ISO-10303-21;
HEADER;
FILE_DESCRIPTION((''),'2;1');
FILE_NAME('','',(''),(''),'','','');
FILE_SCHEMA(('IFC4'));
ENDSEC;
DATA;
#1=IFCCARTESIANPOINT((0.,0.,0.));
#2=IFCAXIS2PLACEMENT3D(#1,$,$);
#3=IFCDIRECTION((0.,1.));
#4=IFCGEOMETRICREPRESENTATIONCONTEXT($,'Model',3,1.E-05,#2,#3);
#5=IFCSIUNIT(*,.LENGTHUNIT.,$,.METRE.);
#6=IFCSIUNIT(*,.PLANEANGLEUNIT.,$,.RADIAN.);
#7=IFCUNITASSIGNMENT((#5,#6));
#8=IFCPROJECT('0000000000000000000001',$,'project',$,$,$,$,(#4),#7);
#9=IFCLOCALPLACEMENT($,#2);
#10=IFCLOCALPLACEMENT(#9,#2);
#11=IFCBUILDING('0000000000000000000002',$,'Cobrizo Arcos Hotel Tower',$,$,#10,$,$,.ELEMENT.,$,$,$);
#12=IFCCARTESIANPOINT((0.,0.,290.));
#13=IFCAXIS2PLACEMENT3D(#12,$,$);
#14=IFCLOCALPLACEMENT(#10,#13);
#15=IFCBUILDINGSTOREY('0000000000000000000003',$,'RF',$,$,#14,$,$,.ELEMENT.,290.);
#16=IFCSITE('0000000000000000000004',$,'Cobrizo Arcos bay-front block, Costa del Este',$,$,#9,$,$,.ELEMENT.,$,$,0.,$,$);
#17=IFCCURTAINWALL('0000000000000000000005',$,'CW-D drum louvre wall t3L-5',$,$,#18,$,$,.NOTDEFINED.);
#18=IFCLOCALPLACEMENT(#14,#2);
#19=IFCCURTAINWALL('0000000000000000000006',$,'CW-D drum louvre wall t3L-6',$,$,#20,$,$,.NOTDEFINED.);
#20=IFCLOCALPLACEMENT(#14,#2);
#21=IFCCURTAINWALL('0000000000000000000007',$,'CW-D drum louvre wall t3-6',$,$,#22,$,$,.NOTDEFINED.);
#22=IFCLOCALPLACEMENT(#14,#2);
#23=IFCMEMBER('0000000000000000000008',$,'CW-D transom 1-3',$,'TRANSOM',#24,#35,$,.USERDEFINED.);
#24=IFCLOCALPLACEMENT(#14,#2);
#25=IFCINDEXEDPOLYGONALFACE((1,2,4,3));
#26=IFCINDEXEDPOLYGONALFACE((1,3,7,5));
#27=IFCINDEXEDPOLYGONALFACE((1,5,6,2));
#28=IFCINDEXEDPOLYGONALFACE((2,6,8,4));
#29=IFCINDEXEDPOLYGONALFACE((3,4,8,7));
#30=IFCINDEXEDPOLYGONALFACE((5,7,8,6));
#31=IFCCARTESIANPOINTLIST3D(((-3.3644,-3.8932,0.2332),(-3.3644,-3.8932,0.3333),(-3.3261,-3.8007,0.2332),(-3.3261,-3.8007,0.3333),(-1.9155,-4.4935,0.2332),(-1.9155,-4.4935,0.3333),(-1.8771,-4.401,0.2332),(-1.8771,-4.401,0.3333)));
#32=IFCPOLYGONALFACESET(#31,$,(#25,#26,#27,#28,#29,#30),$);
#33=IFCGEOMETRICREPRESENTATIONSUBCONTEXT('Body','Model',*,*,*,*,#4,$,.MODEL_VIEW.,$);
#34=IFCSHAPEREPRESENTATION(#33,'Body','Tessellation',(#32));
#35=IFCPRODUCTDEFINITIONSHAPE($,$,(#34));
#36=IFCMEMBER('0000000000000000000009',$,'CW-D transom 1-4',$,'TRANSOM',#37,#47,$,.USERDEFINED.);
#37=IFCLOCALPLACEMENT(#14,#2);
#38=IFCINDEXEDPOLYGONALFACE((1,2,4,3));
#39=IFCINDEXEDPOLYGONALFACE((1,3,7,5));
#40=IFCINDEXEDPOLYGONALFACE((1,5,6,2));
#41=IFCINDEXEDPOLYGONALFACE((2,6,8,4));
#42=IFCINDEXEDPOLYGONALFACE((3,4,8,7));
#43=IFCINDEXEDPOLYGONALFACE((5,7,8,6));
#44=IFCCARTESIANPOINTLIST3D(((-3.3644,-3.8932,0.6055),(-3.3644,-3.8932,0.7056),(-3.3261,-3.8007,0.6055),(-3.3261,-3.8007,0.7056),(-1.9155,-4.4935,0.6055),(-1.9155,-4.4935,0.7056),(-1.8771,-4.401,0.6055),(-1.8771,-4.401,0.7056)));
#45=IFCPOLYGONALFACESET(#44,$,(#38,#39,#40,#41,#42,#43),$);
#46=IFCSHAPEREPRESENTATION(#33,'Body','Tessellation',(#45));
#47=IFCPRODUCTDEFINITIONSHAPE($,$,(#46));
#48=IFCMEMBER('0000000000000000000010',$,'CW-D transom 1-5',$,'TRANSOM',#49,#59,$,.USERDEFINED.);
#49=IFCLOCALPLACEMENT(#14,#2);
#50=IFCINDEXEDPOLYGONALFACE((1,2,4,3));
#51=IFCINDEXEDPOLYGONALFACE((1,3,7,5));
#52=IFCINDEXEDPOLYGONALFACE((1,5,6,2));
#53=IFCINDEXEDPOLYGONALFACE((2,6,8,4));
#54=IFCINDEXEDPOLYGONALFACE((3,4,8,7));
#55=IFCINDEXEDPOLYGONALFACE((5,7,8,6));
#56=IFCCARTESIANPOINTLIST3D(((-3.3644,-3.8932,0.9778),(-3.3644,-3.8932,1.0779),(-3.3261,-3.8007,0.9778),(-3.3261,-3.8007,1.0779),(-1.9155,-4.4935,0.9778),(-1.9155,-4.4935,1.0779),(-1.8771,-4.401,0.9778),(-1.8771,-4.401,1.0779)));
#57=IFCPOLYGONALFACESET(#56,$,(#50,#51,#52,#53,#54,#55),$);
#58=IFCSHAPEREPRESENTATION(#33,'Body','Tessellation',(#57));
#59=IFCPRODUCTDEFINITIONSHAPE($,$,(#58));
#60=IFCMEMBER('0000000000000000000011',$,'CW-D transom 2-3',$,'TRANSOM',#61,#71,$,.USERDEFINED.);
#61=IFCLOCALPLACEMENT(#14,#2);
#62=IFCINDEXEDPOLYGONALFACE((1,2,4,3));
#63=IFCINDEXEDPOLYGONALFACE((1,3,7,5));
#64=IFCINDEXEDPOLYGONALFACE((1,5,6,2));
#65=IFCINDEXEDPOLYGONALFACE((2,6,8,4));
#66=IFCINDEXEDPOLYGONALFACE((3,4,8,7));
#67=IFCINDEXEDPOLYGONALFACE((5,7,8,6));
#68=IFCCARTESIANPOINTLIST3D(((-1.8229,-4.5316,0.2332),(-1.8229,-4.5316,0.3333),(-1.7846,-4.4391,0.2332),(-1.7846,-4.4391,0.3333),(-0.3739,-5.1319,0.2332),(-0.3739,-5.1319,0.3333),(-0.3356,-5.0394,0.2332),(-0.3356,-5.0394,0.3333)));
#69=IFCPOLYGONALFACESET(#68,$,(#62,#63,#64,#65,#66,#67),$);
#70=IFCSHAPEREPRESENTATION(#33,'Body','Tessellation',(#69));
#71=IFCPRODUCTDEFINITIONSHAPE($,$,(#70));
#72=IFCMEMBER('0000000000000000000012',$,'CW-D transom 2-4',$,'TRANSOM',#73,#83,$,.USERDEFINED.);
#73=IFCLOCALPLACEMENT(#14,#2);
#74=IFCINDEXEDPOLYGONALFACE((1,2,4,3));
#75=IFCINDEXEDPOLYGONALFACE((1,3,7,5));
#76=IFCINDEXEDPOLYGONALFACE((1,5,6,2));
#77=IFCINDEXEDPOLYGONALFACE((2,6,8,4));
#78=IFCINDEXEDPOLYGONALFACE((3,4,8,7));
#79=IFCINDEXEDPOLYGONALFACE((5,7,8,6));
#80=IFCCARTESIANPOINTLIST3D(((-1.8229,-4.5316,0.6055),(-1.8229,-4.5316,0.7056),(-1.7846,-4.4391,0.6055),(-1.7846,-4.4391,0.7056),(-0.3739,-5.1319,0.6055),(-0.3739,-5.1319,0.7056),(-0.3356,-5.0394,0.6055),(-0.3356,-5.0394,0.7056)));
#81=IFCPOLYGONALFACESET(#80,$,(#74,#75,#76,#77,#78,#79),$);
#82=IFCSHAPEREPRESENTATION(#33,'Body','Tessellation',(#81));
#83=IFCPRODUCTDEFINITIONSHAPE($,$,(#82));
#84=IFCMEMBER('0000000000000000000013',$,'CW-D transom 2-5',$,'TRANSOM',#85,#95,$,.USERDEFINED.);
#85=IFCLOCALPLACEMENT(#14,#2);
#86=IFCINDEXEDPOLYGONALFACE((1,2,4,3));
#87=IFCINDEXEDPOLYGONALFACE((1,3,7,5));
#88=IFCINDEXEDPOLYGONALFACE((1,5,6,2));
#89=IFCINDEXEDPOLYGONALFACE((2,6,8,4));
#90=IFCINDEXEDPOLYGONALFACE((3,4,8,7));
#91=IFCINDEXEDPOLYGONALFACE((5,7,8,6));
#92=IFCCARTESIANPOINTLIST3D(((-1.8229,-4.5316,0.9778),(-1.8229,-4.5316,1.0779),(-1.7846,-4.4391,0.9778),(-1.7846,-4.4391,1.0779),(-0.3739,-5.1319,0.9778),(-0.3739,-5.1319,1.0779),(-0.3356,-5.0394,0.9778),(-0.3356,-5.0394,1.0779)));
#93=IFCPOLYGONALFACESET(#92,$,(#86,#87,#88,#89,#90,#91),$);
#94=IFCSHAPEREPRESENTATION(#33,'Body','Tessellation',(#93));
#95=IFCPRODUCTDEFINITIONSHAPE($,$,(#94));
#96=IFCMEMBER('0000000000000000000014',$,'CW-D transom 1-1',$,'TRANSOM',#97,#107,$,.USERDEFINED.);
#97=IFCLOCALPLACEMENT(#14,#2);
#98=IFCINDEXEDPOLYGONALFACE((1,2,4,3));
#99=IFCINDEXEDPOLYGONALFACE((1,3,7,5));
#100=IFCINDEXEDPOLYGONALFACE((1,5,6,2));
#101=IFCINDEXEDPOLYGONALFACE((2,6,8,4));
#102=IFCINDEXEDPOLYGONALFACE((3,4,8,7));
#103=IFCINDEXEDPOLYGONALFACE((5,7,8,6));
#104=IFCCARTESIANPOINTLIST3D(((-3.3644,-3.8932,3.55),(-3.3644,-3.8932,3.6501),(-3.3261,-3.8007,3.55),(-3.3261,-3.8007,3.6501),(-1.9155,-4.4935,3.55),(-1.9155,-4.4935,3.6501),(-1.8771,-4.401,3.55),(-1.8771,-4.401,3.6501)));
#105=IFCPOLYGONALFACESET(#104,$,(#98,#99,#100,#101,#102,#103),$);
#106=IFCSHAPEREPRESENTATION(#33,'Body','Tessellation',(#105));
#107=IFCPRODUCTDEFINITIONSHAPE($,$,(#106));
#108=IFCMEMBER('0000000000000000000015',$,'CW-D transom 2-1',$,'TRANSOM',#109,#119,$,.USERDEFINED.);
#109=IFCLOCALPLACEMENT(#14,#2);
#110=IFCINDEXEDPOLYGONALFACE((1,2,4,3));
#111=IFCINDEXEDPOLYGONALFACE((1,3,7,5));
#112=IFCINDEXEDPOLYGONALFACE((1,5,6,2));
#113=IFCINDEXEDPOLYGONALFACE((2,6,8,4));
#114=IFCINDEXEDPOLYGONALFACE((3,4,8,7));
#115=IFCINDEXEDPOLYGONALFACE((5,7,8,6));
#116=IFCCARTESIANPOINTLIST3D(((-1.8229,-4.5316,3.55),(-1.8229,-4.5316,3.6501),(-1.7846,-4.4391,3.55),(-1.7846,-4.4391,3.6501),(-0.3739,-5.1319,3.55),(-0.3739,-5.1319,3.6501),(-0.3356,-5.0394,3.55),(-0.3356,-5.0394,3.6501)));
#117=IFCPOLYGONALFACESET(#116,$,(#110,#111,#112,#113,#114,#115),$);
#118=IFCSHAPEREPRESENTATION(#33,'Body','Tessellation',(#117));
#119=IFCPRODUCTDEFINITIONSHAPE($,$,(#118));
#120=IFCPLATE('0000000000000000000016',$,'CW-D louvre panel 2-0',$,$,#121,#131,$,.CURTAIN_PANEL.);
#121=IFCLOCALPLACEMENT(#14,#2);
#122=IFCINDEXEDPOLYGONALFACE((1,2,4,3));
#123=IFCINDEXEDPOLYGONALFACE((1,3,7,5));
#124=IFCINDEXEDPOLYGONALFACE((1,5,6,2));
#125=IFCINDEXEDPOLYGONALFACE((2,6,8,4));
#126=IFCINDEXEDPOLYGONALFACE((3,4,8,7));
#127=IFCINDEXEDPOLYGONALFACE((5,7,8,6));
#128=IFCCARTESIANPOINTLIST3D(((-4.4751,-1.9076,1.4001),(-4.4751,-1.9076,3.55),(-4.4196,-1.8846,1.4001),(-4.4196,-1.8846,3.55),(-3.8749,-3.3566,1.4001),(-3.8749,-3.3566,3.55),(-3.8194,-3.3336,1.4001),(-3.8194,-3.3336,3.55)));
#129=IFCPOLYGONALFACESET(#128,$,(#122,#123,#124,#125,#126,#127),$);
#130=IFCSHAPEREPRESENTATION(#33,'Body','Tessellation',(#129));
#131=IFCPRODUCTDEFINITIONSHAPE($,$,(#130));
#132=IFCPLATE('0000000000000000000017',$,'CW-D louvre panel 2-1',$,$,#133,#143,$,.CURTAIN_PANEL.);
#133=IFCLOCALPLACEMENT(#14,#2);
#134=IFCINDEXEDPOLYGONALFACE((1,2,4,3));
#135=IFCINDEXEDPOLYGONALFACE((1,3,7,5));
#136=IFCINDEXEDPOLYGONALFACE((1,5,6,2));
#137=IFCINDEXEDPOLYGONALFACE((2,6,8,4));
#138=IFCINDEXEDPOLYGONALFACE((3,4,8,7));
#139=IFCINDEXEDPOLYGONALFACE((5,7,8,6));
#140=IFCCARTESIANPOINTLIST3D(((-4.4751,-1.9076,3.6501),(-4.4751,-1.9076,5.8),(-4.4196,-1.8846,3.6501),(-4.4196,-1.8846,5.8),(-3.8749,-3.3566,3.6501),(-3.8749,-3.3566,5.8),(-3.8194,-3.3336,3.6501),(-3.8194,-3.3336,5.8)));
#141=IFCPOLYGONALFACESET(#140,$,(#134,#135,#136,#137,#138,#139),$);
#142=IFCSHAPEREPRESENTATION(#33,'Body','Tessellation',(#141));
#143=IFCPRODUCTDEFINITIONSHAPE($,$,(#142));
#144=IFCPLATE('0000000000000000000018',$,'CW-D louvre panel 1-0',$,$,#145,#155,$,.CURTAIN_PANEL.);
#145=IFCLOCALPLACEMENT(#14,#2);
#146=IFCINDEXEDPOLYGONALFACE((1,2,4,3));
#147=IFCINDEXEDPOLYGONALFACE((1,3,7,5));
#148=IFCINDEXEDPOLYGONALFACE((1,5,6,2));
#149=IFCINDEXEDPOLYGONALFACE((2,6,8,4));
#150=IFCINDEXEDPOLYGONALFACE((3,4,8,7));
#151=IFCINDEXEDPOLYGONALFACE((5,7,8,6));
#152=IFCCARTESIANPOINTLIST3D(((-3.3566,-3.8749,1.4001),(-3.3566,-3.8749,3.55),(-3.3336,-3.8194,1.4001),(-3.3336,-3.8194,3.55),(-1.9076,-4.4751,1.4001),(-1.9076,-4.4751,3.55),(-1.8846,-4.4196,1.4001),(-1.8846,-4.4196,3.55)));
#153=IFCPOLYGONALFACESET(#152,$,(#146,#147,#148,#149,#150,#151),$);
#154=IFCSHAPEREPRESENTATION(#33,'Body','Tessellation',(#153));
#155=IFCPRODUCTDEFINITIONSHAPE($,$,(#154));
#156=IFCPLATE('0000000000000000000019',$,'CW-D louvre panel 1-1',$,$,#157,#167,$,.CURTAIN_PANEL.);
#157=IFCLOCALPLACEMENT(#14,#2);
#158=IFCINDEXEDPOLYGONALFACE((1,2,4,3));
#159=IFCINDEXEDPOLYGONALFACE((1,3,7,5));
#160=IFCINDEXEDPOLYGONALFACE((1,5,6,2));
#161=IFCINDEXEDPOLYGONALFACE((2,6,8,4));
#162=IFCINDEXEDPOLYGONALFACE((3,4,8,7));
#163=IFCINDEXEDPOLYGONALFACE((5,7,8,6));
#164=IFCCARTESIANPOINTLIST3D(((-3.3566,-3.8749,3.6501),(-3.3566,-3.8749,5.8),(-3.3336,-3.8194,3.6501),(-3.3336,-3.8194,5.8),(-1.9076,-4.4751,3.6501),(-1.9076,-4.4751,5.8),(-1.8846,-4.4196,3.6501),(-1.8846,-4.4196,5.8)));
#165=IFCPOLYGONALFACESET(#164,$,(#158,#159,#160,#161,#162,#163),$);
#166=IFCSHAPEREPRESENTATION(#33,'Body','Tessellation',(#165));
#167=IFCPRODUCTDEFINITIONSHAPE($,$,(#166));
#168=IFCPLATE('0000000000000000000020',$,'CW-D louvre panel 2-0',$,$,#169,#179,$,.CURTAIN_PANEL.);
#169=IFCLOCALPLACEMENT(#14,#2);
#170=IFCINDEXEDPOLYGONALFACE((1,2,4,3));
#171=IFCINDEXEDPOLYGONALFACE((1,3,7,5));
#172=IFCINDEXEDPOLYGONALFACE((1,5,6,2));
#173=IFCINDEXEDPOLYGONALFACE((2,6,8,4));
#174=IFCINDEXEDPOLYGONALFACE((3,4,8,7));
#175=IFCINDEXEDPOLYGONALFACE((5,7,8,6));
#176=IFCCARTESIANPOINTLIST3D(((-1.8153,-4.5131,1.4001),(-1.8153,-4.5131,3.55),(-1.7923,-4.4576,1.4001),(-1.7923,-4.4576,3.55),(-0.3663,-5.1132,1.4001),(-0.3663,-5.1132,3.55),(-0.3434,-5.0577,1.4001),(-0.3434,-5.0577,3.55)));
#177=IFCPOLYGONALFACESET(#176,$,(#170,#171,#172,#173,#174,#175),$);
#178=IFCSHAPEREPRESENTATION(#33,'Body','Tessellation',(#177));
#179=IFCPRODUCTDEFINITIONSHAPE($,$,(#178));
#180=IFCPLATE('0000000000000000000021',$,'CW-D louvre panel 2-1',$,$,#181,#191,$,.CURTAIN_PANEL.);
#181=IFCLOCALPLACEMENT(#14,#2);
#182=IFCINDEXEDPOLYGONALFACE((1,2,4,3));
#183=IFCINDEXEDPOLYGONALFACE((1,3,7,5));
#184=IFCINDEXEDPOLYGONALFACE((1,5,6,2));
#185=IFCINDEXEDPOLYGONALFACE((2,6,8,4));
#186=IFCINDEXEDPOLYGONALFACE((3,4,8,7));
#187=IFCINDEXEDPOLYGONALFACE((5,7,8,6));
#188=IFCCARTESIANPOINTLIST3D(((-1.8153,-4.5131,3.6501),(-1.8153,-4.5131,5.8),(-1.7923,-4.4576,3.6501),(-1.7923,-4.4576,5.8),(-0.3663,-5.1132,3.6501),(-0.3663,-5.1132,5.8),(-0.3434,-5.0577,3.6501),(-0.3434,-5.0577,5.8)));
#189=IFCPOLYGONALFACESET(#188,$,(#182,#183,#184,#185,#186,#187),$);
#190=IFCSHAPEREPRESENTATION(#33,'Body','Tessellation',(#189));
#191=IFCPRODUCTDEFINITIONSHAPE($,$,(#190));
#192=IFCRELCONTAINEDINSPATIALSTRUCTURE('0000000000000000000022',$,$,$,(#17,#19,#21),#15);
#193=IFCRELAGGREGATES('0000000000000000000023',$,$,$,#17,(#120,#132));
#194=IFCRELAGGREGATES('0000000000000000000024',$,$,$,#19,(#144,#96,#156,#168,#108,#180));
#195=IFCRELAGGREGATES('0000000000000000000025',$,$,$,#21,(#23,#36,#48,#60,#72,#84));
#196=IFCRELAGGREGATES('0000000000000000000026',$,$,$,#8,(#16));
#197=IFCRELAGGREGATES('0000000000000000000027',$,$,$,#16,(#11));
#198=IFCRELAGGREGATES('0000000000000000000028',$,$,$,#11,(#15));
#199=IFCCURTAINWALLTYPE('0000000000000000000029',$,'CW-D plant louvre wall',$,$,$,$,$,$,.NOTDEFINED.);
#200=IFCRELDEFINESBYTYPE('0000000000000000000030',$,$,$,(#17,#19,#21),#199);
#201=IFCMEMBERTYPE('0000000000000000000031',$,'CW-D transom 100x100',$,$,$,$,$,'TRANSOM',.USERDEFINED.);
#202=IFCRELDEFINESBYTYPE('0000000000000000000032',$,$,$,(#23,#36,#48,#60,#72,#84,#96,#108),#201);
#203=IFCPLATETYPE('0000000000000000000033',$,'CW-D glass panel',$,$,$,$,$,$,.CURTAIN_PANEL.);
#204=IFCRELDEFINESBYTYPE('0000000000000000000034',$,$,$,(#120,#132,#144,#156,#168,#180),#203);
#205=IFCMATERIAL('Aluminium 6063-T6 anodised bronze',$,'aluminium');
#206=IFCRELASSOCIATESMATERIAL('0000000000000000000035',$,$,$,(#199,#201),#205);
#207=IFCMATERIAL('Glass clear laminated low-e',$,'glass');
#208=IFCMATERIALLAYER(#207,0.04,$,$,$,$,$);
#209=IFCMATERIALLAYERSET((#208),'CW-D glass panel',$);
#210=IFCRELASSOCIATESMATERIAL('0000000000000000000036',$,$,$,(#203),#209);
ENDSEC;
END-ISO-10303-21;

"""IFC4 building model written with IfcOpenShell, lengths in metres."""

from ifc_helpers import new_model, si_unit, direction, frame, origin, origin_2d, place, context, subcontext, project, spatial, rectangle, extrude, material, layer, layer_set, material_profile, profile_set, type_object, element, aggregate, save


model = new_model("IFC4")

# Units and contexts
model_context = context("Model", 3, precision=1e-05, world=origin(), true_north=direction((0.0, 1.0)))
body_context = subcontext(model_context, "Body", "Model", "MODEL_VIEW")
ifc_project = project(units=[si_unit("LENGTHUNIT", "METRE"), si_unit("PLANEANGLEUNIT", "RADIAN")], contexts=[model_context])

# Site, building, storey
site_placement = place(None, origin())
site = spatial("IfcSite", under=ifc_project, at=site_placement, Name="Cobrizo Arcos bay-front block, Costa del Este", CompositionType="ELEMENT", RefElevation=0.0)
building_placement = place(site_placement, origin())
building = spatial("IfcBuilding", under=site, at=building_placement, Name="Cobrizo Arcos Hotel Tower", CompositionType="ELEMENT")
storey_placement = place(building_placement, frame((0.0, 0.0, 290.0)))
storey = spatial("IfcBuildingStorey", under=building, at=storey_placement, Name="RF", CompositionType="ELEMENT", Elevation=290.0)

# Curtain wall
ifc_material_1 = material(Name="Aluminium 6063-T6 anodised bronze", Category="aluminium")
curtain_wall_type = type_object("IfcCurtainWallType", Name="CW-D plant louvre wall", PredefinedType="NOTDEFINED", material=ifc_material_1)
curtain_wall_1_placement = place(storey_placement, origin())
curtain_wall_1 = element("IfcCurtainWall", 1, at=curtain_wall_1_placement, inside=storey, type_object=curtain_wall_type, Name="CW-D drum louvre wall t3L-5", PredefinedType="NOTDEFINED")

# Curtain walls, members
curtain_wall_2_placement = place(storey_placement, origin())
curtain_wall_2 = element("IfcCurtainWall", 2, at=curtain_wall_2_placement, inside=storey, type_object=curtain_wall_type, Name="CW-D drum louvre wall t3L-6", PredefinedType="NOTDEFINED")
curtain_wall_3_placement = place(storey_placement, origin())
curtain_wall_3 = element("IfcCurtainWall", 3, at=curtain_wall_3_placement, inside=storey, type_object=curtain_wall_type, Name="CW-D drum louvre wall t3-6", PredefinedType="NOTDEFINED")
ifc_material_profile_1 = material_profile(ifc_material_1, rectangle(XDim=0.1001, YDim=0.1001, at=origin_2d()), Name="CW-D transom 100x100")
ifc_profile_set_1 = profile_set([ifc_material_profile_1], Name="Aluminium 6063-T6 anodised bronze")
member_type_1 = type_object("IfcMemberType", Name="CW-D transom 100x100", ElementType="TRANSOM", PredefinedType="USERDEFINED", material=ifc_profile_set_1)
member_1_placement = place(storey_placement, frame((-3.3452, -3.8469, 0.2832), z_axis=(0.923844, -0.382769, 0.0), x_axis=(0.382769, 0.923844, 0.0)))
member_1 = element("IfcMember", 4, at=member_1_placement, type_object=member_type_1, Name="CW-D transom 1-3", ObjectType="TRANSOM", PredefinedType="USERDEFINED", context=body_context, shape_type="SweptSolid", body=[
    extrude(rectangle(XDim=0.1001, YDim=0.1001, at=origin_2d()), origin(), (0.0, 0.0, 1.0), 1.5684),
])
member_2_placement = place(storey_placement, frame((-3.3452, -3.8469, 0.6555), z_axis=(0.923844, -0.382769, 0.0), x_axis=(0.382769, 0.923844, 0.0)))
member_2 = element("IfcMember", 5, at=member_2_placement, type_object=member_type_1, Name="CW-D transom 1-4", ObjectType="TRANSOM", PredefinedType="USERDEFINED", context=body_context, shape_type="SweptSolid", body=[
    extrude(rectangle(XDim=0.1001, YDim=0.1001, at=origin_2d()), origin(), (0.0, 0.0, 1.0), 1.5684),
])
member_3_placement = place(storey_placement, frame((-3.3452, -3.8469, 1.0278), z_axis=(0.923844, -0.382769, 0.0), x_axis=(0.382769, 0.923844, 0.0)))
member_3 = element("IfcMember", 6, at=member_3_placement, type_object=member_type_1, Name="CW-D transom 1-5", ObjectType="TRANSOM", PredefinedType="USERDEFINED", context=body_context, shape_type="SweptSolid", body=[
    extrude(rectangle(XDim=0.1001, YDim=0.1001, at=origin_2d()), origin(), (0.0, 0.0, 1.0), 1.5684),
])
member_4_placement = place(storey_placement, frame((-1.8037, -4.4854, 0.2832), z_axis=(0.923844, -0.382769, 0.0), x_axis=(0.382769, 0.923844, 0.0)))
member_4 = element("IfcMember", 7, at=member_4_placement, type_object=member_type_1, Name="CW-D transom 2-3", ObjectType="TRANSOM", PredefinedType="USERDEFINED", context=body_context, shape_type="SweptSolid", body=[
    extrude(rectangle(XDim=0.1001, YDim=0.1001, at=origin_2d()), origin(), (0.0, 0.0, 1.0), 1.5684),
])
member_5_placement = place(storey_placement, frame((-1.8037, -4.4854, 0.6555), z_axis=(0.923844, -0.382769, 0.0), x_axis=(0.382769, 0.923844, 0.0)))
member_5 = element("IfcMember", 8, at=member_5_placement, type_object=member_type_1, Name="CW-D transom 2-4", ObjectType="TRANSOM", PredefinedType="USERDEFINED", context=body_context, shape_type="SweptSolid", body=[
    extrude(rectangle(XDim=0.1001, YDim=0.1001, at=origin_2d()), origin(), (0.0, 0.0, 1.0), 1.5684),
])
member_6_placement = place(storey_placement, frame((-1.8037, -4.4854, 1.0278), z_axis=(0.923844, -0.382769, 0.0), x_axis=(0.382769, 0.923844, 0.0)))
member_6 = element("IfcMember", 9, at=member_6_placement, type_object=member_type_1, Name="CW-D transom 2-5", ObjectType="TRANSOM", PredefinedType="USERDEFINED", context=body_context, shape_type="SweptSolid", body=[
    extrude(rectangle(XDim=0.1001, YDim=0.1001, at=origin_2d()), origin(), (0.0, 0.0, 1.0), 1.5684),
])

# Members
member_7_placement = place(storey_placement, frame((-3.3452, -3.8469, 3.6001), z_axis=(0.923844, -0.382769, 0.0), x_axis=(0.382769, 0.923844, 0.0)))
member_7 = element("IfcMember", 10, at=member_7_placement, type_object=member_type_1, Name="CW-D transom 1-1", ObjectType="TRANSOM", PredefinedType="USERDEFINED", context=body_context, shape_type="SweptSolid", body=[
    extrude(rectangle(XDim=0.1001, YDim=0.1001, at=origin_2d()), origin(), (0.0, 0.0, 1.0), 1.5684),
])
member_8_placement = place(storey_placement, frame((-1.8037, -4.4854, 3.6001), z_axis=(0.923844, -0.382769, 0.0), x_axis=(0.382769, 0.923844, 0.0)))
member_8 = element("IfcMember", 11, at=member_8_placement, type_object=member_type_1, Name="CW-D transom 2-1", ObjectType="TRANSOM", PredefinedType="USERDEFINED", context=body_context, shape_type="SweptSolid", body=[
    extrude(rectangle(XDim=0.1001, YDim=0.1001, at=origin_2d()), origin(), (0.0, 0.0, 1.0), 1.5684),
])

# Plates
ifc_material_2 = material(Name="Glass clear laminated low-e", Category="glass")
ifc_layer_1 = layer(ifc_material_2, 0.04)
ifc_layer_set_1 = layer_set([ifc_layer_1], Name="CW-D glass panel")
plate_type_1 = type_object("IfcPlateType", Name="CW-D glass panel", PredefinedType="CURTAIN_PANEL", material=ifc_layer_set_1)
plate_1_placement = place(storey_placement, frame((-4.1472, -2.6206, 1.4001), z_axis=(0.0, 0.0, 1.0), x_axis=(0.382683, -0.92388, 0.0)))
plate_1 = element("IfcPlate", 12, at=plate_1_placement, type_object=plate_type_1, Name="CW-D louvre panel 2-0", PredefinedType="CURTAIN_PANEL", context=body_context, shape_type="SweptSolid", body=[
    extrude(rectangle(XDim=1.5684, YDim=0.0601, at=origin_2d()), origin(), (0.0, 0.0, 1.0), 2.1499),
])
plate_2_placement = place(storey_placement, frame((-4.1472, -2.6206, 3.6501), z_axis=(0.0, 0.0, 1.0), x_axis=(0.382683, -0.92388, 0.0)))
plate_2 = element("IfcPlate", 13, at=plate_2_placement, type_object=plate_type_1, Name="CW-D louvre panel 2-1", PredefinedType="CURTAIN_PANEL", context=body_context, shape_type="SweptSolid", body=[
    extrude(rectangle(XDim=1.5684, YDim=0.0601, at=origin_2d()), origin(), (0.0, 0.0, 1.0), 2.1499),
])
aggregate(curtain_wall_1, [plate_1, plate_2])
plate_3_placement = place(storey_placement, frame((-2.6206, -4.1472, 1.4001), z_axis=(0.0, 0.0, 1.0), x_axis=(0.92388, -0.382683, 0.0)))
plate_3 = element("IfcPlate", 14, at=plate_3_placement, type_object=plate_type_1, Name="CW-D louvre panel 1-0", PredefinedType="CURTAIN_PANEL", context=body_context, shape_type="SweptSolid", body=[
    extrude(rectangle(XDim=1.5684, YDim=0.0601, at=origin_2d()), origin(), (0.0, 0.0, 1.0), 2.1499),
])
plate_4_placement = place(storey_placement, frame((-2.6206, -4.1472, 3.6501), z_axis=(0.0, 0.0, 1.0), x_axis=(0.92388, -0.382683, 0.0)))
plate_4 = element("IfcPlate", 15, at=plate_4_placement, type_object=plate_type_1, Name="CW-D louvre panel 1-1", PredefinedType="CURTAIN_PANEL", context=body_context, shape_type="SweptSolid", body=[
    extrude(rectangle(XDim=1.5684, YDim=0.0601, at=origin_2d()), origin(), (0.0, 0.0, 1.0), 2.1499),
])
plate_5_placement = place(storey_placement, frame((-1.0793, -4.7854, 1.4001), z_axis=(0.0, 0.0, 1.0), x_axis=(0.92388, -0.382683, 0.0)))
plate_5 = element("IfcPlate", 16, at=plate_5_placement, type_object=plate_type_1, Name="CW-D louvre panel 2-0", PredefinedType="CURTAIN_PANEL", context=body_context, shape_type="SweptSolid", body=[
    extrude(rectangle(XDim=1.5684, YDim=0.0601, at=origin_2d()), origin(), (0.0, 0.0, 1.0), 2.1499),
])
plate_6_placement = place(storey_placement, frame((-1.0793, -4.7854, 3.6501), z_axis=(0.0, 0.0, 1.0), x_axis=(0.92388, -0.382683, 0.0)))
plate_6 = element("IfcPlate", 17, at=plate_6_placement, type_object=plate_type_1, Name="CW-D louvre panel 2-1", PredefinedType="CURTAIN_PANEL", context=body_context, shape_type="SweptSolid", body=[
    extrude(rectangle(XDim=1.5684, YDim=0.0601, at=origin_2d()), origin(), (0.0, 0.0, 1.0), 2.1499),
])
aggregate(curtain_wall_2, [plate_3, member_7, plate_4, plate_5, member_8, plate_6])

aggregate(curtain_wall_3, [member_1, member_2, member_3, member_4, member_5, member_6])

save(model, "model.ifc")
